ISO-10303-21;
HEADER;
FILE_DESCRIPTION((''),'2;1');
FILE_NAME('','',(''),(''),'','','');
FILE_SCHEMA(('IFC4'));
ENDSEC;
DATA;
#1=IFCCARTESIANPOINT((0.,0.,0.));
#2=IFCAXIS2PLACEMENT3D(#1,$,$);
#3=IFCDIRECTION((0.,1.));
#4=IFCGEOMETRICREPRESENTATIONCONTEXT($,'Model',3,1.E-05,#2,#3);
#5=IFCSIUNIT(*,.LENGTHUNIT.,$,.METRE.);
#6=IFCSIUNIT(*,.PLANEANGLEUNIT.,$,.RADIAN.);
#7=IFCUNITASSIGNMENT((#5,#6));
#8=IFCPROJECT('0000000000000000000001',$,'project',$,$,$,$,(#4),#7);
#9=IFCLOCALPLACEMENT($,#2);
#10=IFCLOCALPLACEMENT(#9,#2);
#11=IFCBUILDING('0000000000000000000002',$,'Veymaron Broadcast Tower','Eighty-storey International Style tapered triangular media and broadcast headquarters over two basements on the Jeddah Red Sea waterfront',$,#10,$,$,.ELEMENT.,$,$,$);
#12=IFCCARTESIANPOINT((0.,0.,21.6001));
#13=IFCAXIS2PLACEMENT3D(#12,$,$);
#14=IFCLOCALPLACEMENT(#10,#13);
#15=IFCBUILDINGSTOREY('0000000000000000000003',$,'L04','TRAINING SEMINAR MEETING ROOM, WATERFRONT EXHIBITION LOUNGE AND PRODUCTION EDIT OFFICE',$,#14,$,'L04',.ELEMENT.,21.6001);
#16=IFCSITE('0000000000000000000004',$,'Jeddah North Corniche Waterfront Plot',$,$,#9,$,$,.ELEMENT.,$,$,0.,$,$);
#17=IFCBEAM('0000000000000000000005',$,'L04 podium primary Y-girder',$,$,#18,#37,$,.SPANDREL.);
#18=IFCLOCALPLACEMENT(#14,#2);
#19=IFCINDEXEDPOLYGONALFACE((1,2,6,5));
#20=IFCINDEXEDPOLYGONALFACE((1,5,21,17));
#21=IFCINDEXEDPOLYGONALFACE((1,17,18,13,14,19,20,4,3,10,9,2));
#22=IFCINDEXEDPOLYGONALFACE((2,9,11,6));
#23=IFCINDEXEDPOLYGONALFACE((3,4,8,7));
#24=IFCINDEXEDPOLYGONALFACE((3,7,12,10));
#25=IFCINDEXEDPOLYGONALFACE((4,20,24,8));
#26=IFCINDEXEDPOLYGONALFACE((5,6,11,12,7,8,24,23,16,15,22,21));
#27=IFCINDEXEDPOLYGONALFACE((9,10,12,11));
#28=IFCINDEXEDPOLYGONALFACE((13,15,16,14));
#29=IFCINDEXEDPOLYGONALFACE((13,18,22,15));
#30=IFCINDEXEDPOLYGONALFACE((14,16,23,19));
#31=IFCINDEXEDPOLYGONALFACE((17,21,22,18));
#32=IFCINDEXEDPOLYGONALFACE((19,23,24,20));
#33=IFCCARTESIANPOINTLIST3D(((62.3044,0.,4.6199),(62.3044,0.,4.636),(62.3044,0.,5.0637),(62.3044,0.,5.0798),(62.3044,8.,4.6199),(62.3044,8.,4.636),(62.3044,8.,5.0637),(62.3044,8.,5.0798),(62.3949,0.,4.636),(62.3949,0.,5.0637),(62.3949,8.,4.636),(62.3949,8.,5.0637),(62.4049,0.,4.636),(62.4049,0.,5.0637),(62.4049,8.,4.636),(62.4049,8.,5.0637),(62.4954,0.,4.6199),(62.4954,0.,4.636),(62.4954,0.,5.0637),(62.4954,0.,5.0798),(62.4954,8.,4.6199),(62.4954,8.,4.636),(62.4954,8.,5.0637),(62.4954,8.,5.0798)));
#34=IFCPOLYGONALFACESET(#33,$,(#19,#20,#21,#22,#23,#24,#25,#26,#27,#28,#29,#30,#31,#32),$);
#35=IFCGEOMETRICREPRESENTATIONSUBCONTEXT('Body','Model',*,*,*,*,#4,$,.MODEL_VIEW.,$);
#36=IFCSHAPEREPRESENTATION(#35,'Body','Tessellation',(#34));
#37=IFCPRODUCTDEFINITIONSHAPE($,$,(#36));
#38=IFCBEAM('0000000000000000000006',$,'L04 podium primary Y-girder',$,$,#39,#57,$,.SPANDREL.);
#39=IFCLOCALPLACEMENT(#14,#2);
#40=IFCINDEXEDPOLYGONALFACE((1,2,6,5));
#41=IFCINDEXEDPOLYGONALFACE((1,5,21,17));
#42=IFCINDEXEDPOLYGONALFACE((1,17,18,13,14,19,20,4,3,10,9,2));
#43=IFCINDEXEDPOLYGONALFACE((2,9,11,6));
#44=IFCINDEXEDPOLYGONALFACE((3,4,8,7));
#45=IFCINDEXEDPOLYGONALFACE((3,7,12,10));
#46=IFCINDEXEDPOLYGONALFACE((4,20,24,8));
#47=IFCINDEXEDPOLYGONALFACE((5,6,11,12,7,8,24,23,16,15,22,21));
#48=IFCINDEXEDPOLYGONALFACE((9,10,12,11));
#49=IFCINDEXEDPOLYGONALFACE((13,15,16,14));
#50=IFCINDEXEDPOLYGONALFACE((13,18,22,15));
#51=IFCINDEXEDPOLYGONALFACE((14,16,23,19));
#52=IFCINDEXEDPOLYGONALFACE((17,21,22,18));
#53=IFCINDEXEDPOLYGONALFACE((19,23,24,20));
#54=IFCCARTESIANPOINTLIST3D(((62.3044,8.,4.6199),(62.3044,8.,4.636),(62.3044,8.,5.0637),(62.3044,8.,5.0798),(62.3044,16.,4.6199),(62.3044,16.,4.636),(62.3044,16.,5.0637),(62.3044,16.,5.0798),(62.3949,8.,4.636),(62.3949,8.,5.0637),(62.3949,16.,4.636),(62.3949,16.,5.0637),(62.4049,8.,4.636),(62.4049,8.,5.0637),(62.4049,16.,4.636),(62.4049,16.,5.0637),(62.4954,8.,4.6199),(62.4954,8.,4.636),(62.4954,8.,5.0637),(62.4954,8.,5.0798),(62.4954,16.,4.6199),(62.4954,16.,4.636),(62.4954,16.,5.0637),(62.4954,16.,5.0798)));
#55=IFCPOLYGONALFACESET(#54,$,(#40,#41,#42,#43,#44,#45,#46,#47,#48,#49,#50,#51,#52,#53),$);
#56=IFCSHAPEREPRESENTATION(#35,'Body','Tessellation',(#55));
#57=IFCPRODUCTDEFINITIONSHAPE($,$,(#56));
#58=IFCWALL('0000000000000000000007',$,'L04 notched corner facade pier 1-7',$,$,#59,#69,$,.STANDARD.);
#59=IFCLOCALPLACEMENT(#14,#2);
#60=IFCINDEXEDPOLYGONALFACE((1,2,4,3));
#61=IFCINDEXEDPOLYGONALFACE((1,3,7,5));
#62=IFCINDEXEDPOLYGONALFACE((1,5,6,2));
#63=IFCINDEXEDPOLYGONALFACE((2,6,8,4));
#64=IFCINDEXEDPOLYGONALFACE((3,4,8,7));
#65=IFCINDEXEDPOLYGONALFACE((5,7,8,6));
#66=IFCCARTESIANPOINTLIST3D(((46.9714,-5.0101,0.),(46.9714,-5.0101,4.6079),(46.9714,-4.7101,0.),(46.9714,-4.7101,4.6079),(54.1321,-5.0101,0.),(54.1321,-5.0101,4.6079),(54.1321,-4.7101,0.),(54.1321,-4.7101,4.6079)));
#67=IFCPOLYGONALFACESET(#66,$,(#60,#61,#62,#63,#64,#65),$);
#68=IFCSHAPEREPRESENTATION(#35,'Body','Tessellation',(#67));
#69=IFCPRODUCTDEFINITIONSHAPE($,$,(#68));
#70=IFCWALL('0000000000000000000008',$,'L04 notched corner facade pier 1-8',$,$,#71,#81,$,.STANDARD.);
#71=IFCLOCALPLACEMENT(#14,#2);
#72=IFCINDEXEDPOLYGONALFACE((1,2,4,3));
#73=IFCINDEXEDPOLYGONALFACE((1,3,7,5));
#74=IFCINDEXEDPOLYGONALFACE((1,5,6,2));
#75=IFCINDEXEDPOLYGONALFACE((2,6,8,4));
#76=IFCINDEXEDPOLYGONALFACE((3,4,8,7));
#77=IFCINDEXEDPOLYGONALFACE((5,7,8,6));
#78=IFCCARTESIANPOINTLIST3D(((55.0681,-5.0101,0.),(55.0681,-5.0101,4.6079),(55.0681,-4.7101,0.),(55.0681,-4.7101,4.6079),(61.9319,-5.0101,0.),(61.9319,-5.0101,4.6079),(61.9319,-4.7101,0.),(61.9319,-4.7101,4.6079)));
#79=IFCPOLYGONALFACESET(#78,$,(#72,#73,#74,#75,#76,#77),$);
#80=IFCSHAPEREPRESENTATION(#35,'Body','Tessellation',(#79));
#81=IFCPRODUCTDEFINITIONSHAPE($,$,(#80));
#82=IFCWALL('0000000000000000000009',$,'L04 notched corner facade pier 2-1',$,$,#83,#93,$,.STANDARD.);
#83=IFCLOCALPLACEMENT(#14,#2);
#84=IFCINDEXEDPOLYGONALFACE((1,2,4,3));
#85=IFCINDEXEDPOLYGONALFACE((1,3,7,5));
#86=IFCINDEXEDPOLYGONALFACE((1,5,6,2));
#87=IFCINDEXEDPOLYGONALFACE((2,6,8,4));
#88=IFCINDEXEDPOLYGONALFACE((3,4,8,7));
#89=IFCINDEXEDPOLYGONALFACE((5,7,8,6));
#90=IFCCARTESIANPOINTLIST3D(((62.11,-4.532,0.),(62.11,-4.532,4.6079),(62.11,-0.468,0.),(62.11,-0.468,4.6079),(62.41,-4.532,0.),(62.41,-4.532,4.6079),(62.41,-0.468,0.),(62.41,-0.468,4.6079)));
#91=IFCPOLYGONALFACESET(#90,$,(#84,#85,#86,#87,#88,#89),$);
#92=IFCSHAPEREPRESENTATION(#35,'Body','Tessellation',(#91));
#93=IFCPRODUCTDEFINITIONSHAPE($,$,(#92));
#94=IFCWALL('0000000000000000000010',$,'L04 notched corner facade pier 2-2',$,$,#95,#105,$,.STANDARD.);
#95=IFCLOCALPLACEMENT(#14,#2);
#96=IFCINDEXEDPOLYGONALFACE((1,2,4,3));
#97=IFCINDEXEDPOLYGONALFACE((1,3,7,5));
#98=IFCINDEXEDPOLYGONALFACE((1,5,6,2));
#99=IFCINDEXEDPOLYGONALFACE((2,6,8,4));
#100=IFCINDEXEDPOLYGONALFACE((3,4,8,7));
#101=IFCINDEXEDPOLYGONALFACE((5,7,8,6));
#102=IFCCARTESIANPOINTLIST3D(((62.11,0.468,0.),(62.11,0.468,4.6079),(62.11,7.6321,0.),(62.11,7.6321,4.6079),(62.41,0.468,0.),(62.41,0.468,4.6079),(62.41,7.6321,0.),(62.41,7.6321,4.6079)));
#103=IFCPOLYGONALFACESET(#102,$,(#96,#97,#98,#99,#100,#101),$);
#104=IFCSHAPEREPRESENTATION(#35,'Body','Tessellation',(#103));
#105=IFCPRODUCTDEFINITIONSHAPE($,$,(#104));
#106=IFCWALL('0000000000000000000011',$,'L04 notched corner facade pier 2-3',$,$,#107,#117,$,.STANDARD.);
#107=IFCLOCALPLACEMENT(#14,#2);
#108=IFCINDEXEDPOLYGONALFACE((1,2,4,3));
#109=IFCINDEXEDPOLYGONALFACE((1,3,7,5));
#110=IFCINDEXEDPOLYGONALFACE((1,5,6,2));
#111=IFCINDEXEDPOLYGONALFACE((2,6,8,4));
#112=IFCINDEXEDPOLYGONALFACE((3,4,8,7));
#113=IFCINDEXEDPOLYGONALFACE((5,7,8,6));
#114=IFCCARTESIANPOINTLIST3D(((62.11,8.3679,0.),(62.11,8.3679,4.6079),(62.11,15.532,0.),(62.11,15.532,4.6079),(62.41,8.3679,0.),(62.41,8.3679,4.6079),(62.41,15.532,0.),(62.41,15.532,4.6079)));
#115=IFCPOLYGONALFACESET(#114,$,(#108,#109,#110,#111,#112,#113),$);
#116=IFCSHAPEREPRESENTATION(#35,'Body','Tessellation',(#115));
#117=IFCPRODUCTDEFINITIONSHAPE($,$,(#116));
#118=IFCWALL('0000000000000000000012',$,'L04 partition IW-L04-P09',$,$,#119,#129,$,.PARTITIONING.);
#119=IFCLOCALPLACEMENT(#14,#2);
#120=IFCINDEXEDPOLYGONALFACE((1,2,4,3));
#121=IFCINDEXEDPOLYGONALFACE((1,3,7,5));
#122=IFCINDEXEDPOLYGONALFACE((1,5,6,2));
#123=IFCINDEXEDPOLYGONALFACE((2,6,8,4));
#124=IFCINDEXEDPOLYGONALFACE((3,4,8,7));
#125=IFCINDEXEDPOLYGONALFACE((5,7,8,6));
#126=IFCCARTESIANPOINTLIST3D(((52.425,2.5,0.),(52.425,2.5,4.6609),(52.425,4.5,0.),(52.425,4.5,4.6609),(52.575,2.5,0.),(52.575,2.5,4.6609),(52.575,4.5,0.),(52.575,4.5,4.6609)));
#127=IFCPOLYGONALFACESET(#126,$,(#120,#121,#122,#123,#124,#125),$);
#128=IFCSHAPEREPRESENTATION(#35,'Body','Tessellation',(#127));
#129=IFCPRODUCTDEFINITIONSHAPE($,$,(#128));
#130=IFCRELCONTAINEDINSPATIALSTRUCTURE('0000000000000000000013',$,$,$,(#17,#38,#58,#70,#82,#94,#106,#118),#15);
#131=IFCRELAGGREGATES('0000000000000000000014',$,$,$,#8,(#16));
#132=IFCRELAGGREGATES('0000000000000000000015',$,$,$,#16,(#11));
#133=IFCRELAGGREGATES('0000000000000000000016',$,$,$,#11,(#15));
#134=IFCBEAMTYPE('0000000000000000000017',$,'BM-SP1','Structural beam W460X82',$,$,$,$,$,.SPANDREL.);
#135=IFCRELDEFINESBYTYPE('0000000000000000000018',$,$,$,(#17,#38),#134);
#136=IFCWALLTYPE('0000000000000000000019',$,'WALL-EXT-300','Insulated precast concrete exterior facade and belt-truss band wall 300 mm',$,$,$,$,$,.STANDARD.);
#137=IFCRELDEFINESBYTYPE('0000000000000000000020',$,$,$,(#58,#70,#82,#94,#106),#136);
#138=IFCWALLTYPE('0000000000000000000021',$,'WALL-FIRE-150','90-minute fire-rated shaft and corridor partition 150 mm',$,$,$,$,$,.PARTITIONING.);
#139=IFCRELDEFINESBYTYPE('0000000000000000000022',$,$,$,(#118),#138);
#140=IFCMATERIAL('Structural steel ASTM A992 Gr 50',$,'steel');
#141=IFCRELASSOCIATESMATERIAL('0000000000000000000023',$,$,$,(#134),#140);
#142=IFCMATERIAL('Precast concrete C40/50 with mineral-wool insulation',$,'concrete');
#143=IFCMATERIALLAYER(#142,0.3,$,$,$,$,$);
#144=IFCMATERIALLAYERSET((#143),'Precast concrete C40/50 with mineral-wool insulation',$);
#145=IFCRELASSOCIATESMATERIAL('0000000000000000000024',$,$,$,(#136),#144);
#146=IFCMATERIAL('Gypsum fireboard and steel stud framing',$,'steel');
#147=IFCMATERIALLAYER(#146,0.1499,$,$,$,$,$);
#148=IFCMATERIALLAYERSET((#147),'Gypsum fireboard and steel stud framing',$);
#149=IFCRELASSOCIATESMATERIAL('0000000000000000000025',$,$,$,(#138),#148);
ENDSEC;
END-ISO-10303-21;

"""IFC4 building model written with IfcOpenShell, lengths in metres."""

from ifc_helpers import new_model, si_unit, direction, frame, frame_2d, origin, origin_2d, place, context, subcontext, project, spatial, rectangle, i_section, extrude, material, layer, layer_set, material_profile, profile_set, type_object, element, save


model = new_model("IFC4")

# Units and contexts
model_context = context("Model", 3, precision=1e-05, world=origin(), true_north=direction((0.0, 1.0)))
body_context = subcontext(model_context, "Body", "Model", "MODEL_VIEW")
ifc_project = project(units=[si_unit("LENGTHUNIT", "METRE"), si_unit("PLANEANGLEUNIT", "RADIAN")], contexts=[model_context])

# Site, building, storey
site_placement = place(None, origin())
site = spatial("IfcSite", under=ifc_project, at=site_placement, Name="Jeddah North Corniche Waterfront Plot", CompositionType="ELEMENT", RefElevation=0.0)
building_placement = place(site_placement, origin())
building = spatial("IfcBuilding", under=site, at=building_placement, Name="Veymaron Broadcast Tower", Description="Eighty-storey International Style tapered triangular media and broadcast headquarters over two basements on the Jeddah Red Sea waterfront", CompositionType="ELEMENT")
storey_placement = place(building_placement, frame((0.0, 0.0, 21.6001)))
storey = spatial("IfcBuildingStorey", under=building, at=storey_placement, Name="L04", Description="TRAINING SEMINAR MEETING ROOM, WATERFRONT EXHIBITION LOUNGE AND PRODUCTION EDIT OFFICE", LongName="L04", CompositionType="ELEMENT", Elevation=21.6001)

# Beams
ifc_material_1 = material(Name="Structural steel ASTM A992 Gr 50", Category="steel")
ifc_material_profile_1 = material_profile(ifc_material_1, i_section(OverallWidth=0.1909, OverallDepth=0.46, WebThickness=0.01, FlangeThickness=0.0161, at=origin_2d()), Name="W460X82")
ifc_profile_set_1 = profile_set([ifc_material_profile_1], Name="Structural steel ASTM A992 Gr 50")
beam_type_1 = type_object("IfcBeamType", Name="BM-SP1", Description="Structural beam W460X82", PredefinedType="SPANDREL", material=ifc_profile_set_1)
for number, where, z_axis, x_axis, name in (
    (1, (62.3999, 0.0, 4.8499), (0.0, 1.0, 0.0), (-1.0, 0.0, 0.0), "L04 podium primary Y-girder"),
    (2, (62.3999, 8.0, 4.8499), (0.0, 1.0, 0.0), (-1.0, 0.0, 0.0), "L04 podium primary Y-girder"),
):
    element("IfcBeam", number, at=place(storey_placement, frame(where, z_axis=z_axis, x_axis=x_axis)), inside=storey, type_object=beam_type_1, Name=name, PredefinedType="SPANDREL", context=body_context, shape_type="SweptSolid", body=[
        extrude(i_section(OverallWidth=0.1909, OverallDepth=0.46, WebThickness=0.01, FlangeThickness=0.0161, at=origin_2d()), origin(), (0.0, 0.0, 1.0), 8.0),
    ])

# Walls
ifc_material_2 = material(Name="Precast concrete C40/50 with mineral-wool insulation", Category="concrete")
ifc_layer_1 = layer(ifc_material_2, 0.3)
ifc_layer_set_1 = layer_set([ifc_layer_1], Name="Precast concrete C40/50 with mineral-wool insulation")
wall_type_1 = type_object("IfcWallType", Name="WALL-EXT-300", Description="Insulated precast concrete exterior facade and belt-truss band wall 300 mm", PredefinedType="STANDARD", material=ifc_layer_set_1)
wall_1_placement = place(storey_placement, frame((46.9714, -4.8601, 0.0), z_axis=(0.0, 0.0, 1.0), x_axis=(1.0, 0.0, 0.0)))
element("IfcWall", 3, at=wall_1_placement, inside=storey, type_object=wall_type_1, Name="L04 notched corner facade pier 1-7", PredefinedType="STANDARD", context=body_context, shape_type="SweptSolid", body=[
    extrude(rectangle(XDim=7.1606, YDim=0.3, at=frame_2d((3.5803, 0.0))), origin(), (0.0, 0.0, 1.0), 4.6079),
])
wall_2_placement = place(storey_placement, frame((55.0681, -4.8601, 0.0), z_axis=(0.0, 0.0, 1.0), x_axis=(1.0, 0.0, 0.0)))
element("IfcWall", 4, at=wall_2_placement, inside=storey, type_object=wall_type_1, Name="L04 notched corner facade pier 1-8", PredefinedType="STANDARD", context=body_context, shape_type="SweptSolid", body=[
    extrude(rectangle(XDim=6.8638, YDim=0.3, at=frame_2d((3.4319, 0.0))), origin(), (0.0, 0.0, 1.0), 4.6079),
])
wall_3_placement = place(storey_placement, frame((62.26, -4.532, 0.0), z_axis=(0.0, 0.0, 1.0), x_axis=(0.0, 1.0, 0.0)))
element("IfcWall", 5, at=wall_3_placement, inside=storey, type_object=wall_type_1, Name="L04 notched corner facade pier 2-1", PredefinedType="STANDARD", context=body_context, shape_type="SweptSolid", body=[
    extrude(rectangle(XDim=4.064, YDim=0.3, at=frame_2d((2.032, 0.0))), origin(), (0.0, 0.0, 1.0), 4.6079),
])
for number, where, z_axis, x_axis, name in (
    (6, (62.26, 0.468, 0.0), (0.0, 0.0, 1.0), (0.0, 1.0, 0.0), "L04 notched corner facade pier 2-2"),
    (7, (62.26, 8.3679, 0.0), (0.0, 0.0, 1.0), (0.0, 1.0, 0.0), "L04 notched corner facade pier 2-3"),
):
    element("IfcWall", number, at=place(storey_placement, frame(where, z_axis=z_axis, x_axis=x_axis)), inside=storey, type_object=wall_type_1, Name=name, PredefinedType="STANDARD", context=body_context, shape_type="SweptSolid", body=[
        extrude(rectangle(XDim=7.1641, YDim=0.3, at=frame_2d((3.582, 0.0))), origin(), (0.0, 0.0, 1.0), 4.6079),
    ])
ifc_material_3 = material(Name="Gypsum fireboard and steel stud framing", Category="steel")
ifc_layer_2 = layer(ifc_material_3, 0.1499)
ifc_layer_set_2 = layer_set([ifc_layer_2], Name="Gypsum fireboard and steel stud framing")
wall_type_2 = type_object("IfcWallType", Name="WALL-FIRE-150", Description="90-minute fire-rated shaft and corridor partition 150 mm", PredefinedType="PARTITIONING", material=ifc_layer_set_2)
wall_4_placement = place(storey_placement, frame((52.5, 2.5, 0.0), z_axis=(0.0, 0.0, 1.0), x_axis=(0.0, 1.0, 0.0)))
element("IfcWall", 8, at=wall_4_placement, inside=storey, type_object=wall_type_2, Name="L04 partition IW-L04-P09", PredefinedType="PARTITIONING", context=body_context, shape_type="SweptSolid", body=[
    extrude(rectangle(XDim=2.0, YDim=0.1499, at=frame_2d((1.0, 0.0))), origin(), (0.0, 0.0, 1.0), 4.6609),
])

save(model, "model.ifc")
